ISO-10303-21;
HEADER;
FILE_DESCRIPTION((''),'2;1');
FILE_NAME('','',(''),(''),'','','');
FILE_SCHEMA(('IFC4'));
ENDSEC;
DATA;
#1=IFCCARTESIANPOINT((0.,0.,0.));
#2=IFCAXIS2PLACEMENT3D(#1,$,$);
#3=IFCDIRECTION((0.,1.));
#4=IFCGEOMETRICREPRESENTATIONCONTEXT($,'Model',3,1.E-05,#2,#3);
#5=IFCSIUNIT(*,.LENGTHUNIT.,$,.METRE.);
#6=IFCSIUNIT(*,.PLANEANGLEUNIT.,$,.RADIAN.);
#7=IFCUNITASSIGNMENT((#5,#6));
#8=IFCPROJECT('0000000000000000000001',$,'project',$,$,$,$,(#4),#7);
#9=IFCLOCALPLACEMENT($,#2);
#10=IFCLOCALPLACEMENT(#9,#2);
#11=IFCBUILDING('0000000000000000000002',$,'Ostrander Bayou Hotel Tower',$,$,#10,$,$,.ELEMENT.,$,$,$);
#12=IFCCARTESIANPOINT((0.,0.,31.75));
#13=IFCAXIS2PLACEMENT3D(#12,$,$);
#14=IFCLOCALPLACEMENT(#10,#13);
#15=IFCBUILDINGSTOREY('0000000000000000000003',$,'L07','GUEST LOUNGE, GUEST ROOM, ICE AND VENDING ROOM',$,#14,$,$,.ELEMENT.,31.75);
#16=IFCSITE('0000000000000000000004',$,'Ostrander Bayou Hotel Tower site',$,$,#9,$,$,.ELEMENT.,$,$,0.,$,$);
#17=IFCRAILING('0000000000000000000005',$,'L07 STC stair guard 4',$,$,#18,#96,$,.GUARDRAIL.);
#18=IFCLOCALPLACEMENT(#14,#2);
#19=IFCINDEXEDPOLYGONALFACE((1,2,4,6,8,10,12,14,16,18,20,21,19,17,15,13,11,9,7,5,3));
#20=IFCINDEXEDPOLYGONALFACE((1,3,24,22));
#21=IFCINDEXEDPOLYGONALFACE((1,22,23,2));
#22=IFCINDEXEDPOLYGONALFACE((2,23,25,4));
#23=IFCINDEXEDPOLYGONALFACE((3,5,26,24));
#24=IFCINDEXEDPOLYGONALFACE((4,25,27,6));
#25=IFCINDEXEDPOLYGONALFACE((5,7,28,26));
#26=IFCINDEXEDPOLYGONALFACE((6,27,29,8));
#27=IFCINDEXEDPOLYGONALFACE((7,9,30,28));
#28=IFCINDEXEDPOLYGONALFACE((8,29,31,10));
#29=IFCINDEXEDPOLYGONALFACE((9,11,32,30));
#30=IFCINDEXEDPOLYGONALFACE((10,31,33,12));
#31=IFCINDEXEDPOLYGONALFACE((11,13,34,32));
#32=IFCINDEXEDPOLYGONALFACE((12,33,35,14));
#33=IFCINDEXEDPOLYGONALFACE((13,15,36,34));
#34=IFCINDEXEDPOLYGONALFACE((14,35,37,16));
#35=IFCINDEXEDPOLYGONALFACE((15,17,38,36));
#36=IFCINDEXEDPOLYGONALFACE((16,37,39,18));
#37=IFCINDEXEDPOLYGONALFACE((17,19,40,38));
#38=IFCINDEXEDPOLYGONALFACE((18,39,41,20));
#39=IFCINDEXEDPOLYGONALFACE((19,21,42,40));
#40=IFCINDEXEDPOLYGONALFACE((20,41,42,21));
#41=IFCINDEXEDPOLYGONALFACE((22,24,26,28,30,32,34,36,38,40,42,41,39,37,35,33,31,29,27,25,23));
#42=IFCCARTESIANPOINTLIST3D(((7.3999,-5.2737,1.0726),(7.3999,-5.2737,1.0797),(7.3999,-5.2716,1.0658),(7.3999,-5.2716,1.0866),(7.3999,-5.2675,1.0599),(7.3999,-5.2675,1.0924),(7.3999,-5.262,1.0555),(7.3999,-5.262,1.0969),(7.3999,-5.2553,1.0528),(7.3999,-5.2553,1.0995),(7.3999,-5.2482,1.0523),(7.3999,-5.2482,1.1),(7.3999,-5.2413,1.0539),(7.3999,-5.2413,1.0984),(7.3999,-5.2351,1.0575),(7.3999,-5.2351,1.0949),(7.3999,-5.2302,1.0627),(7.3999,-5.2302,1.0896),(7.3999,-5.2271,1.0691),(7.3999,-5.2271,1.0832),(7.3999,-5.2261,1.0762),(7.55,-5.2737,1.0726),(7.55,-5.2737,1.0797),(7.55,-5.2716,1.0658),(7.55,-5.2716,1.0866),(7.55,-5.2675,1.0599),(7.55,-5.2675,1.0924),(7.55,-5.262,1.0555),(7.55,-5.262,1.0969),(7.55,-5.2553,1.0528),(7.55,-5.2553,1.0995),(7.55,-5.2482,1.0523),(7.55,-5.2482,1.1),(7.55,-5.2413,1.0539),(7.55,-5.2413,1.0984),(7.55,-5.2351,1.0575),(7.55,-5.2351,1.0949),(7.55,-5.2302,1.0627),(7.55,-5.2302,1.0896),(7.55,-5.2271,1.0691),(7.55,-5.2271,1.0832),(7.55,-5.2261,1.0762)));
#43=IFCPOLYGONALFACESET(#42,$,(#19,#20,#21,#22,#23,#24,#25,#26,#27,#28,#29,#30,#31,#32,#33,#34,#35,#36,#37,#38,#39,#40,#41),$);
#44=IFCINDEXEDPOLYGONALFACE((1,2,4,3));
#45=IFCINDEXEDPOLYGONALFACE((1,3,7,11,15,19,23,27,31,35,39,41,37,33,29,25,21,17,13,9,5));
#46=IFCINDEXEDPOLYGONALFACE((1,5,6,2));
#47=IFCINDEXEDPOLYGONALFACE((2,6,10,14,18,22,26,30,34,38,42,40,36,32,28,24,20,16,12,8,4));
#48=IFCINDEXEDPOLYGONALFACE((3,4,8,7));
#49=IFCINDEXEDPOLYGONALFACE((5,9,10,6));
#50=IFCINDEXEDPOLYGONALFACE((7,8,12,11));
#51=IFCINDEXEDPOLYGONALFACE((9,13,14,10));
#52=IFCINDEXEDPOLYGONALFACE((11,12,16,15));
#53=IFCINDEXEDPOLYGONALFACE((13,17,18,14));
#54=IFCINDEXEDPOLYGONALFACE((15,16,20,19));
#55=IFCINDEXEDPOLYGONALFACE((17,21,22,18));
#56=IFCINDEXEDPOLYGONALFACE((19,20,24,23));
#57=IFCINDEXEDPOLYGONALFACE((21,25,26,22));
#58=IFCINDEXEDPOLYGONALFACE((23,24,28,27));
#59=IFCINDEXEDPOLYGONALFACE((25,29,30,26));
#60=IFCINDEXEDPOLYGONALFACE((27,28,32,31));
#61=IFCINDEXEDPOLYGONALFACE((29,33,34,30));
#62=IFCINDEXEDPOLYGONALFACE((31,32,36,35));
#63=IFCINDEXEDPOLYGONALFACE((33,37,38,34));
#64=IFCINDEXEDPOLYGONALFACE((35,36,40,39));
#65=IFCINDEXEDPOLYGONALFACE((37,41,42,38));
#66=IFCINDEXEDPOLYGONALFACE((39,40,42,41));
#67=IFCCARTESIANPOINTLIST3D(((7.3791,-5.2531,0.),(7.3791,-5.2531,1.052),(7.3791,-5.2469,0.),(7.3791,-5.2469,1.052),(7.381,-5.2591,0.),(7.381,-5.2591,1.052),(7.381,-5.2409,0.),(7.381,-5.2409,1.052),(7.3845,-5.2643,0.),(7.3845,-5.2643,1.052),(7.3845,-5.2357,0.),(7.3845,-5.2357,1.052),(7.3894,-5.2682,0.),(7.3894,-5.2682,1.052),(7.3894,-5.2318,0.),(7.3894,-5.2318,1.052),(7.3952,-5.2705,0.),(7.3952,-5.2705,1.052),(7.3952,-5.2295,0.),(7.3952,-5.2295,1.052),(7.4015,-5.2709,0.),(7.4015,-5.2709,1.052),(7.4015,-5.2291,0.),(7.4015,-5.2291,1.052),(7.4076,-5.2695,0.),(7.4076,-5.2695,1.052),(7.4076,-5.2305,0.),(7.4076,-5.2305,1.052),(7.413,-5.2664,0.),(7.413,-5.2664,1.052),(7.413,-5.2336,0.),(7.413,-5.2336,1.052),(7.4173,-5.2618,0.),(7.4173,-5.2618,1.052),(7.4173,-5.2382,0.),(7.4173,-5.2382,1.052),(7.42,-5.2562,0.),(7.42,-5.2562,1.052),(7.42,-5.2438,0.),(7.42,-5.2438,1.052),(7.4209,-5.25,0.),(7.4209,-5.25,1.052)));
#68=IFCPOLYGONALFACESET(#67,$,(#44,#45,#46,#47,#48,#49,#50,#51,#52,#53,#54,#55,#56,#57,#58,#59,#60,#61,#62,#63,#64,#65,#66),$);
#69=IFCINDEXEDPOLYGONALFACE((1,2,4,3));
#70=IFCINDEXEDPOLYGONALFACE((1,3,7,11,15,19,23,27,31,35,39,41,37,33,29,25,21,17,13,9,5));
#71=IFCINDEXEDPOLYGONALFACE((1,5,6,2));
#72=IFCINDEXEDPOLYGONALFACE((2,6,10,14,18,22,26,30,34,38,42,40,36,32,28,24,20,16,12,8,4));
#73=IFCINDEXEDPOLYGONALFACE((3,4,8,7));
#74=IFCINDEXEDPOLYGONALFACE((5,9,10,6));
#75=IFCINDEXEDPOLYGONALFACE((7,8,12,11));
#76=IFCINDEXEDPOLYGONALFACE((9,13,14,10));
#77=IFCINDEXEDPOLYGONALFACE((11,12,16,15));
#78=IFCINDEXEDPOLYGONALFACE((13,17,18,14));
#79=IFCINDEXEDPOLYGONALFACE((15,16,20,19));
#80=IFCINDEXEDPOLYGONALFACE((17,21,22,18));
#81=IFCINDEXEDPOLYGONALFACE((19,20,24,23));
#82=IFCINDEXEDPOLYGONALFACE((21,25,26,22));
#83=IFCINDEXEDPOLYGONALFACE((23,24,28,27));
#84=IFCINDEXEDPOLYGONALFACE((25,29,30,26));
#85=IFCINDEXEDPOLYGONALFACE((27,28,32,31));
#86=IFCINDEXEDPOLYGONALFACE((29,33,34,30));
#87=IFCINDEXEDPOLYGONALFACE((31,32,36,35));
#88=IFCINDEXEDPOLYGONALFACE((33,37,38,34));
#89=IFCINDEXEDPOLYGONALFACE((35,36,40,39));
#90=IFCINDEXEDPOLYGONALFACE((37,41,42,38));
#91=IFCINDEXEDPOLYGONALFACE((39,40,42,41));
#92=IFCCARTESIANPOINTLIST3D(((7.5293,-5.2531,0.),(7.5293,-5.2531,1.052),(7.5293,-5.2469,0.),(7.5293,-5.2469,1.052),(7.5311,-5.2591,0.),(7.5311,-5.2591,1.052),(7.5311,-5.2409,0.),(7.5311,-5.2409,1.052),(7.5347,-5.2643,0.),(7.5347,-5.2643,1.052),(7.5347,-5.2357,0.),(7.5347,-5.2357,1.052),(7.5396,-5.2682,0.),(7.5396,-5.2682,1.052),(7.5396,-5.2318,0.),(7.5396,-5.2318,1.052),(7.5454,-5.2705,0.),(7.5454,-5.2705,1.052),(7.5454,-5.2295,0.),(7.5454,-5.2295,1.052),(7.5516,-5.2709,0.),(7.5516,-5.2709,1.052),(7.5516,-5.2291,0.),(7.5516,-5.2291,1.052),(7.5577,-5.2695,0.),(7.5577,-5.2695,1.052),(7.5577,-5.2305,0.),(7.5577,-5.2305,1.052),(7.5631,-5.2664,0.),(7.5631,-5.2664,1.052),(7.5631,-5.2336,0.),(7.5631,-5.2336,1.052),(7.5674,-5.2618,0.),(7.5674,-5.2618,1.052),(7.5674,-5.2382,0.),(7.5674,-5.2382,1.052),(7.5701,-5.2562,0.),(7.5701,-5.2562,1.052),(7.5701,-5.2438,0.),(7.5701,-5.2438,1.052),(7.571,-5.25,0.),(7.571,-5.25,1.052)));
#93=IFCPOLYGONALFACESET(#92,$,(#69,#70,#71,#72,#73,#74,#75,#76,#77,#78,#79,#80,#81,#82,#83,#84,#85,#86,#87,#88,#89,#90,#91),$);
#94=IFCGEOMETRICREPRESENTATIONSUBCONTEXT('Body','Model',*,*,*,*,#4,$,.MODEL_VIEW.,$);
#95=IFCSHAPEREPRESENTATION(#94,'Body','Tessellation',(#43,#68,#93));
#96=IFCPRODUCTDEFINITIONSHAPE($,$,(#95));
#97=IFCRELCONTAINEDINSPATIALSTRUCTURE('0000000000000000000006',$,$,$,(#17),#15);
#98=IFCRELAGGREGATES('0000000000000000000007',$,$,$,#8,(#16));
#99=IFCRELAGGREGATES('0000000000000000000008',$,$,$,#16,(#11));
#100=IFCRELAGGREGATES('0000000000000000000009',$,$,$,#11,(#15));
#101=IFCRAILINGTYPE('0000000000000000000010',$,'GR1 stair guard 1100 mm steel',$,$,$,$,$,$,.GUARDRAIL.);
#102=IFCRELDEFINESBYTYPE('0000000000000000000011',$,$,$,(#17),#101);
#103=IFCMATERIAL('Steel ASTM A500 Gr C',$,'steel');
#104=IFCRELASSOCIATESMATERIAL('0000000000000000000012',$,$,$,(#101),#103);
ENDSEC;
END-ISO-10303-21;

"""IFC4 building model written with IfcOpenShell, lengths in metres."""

from ifc_helpers import new_model, si_unit, direction, frame, origin, origin_2d, place, context, subcontext, project, spatial, circle, extrude, material, type_object, element, save


model = new_model("IFC4")

# Units and contexts
model_context = context("Model", 3, precision=1e-05, world=origin(), true_north=direction((0.0, 1.0)))
body_context = subcontext(model_context, "Body", "Model", "MODEL_VIEW")
ifc_project = project(units=[si_unit("LENGTHUNIT", "METRE"), si_unit("PLANEANGLEUNIT", "RADIAN")], contexts=[model_context])

# Site, building, storey
site_placement = place(None, origin())
site = spatial("IfcSite", under=ifc_project, at=site_placement, Name="Ostrander Bayou Hotel Tower site", CompositionType="ELEMENT", RefElevation=0.0)
building_placement = place(site_placement, origin())
building = spatial("IfcBuilding", under=site, at=building_placement, Name="Ostrander Bayou Hotel Tower", CompositionType="ELEMENT")
storey_placement = place(building_placement, frame((0.0, 0.0, 31.75)))
storey = spatial("IfcBuildingStorey", under=building, at=storey_placement, Name="L07", Description="GUEST LOUNGE, GUEST ROOM, ICE AND VENDING ROOM", CompositionType="ELEMENT", Elevation=31.75)

# Railing
ifc_material_1 = material(Name="Steel ASTM A500 Gr C", Category="steel")
railing_type = type_object("IfcRailingType", Name="GR1 stair guard 1100 mm steel", PredefinedType="GUARDRAIL", material=ifc_material_1)
railing_1_placement = place(storey_placement, frame((7.3999, -5.25, 0.0)))
element("IfcRailing", 1, at=railing_1_placement, inside=storey, type_object=railing_type, Name="L07 STC stair guard 4", PredefinedType="GUARDRAIL", context=body_context, shape_type="SweptSolid", body=[
    extrude(circle(Radius=0.0239, at=origin_2d()), frame((0.0, 0.0, 1.0762), z_axis=(1.0, 0.0, 0.0), x_axis=(0.0, 1.0, 0.0)), (0.0, 0.0, 1.0), 0.1501),
    extrude(circle(Radius=0.021, at=origin_2d()), origin(), (0.0, 0.0, 1.0), 1.052),
    extrude(circle(Radius=0.021, at=origin_2d()), frame((0.1501, 0.0, 0.0)), (0.0, 0.0, 1.0), 1.052),
])

save(model, "model.ifc")
